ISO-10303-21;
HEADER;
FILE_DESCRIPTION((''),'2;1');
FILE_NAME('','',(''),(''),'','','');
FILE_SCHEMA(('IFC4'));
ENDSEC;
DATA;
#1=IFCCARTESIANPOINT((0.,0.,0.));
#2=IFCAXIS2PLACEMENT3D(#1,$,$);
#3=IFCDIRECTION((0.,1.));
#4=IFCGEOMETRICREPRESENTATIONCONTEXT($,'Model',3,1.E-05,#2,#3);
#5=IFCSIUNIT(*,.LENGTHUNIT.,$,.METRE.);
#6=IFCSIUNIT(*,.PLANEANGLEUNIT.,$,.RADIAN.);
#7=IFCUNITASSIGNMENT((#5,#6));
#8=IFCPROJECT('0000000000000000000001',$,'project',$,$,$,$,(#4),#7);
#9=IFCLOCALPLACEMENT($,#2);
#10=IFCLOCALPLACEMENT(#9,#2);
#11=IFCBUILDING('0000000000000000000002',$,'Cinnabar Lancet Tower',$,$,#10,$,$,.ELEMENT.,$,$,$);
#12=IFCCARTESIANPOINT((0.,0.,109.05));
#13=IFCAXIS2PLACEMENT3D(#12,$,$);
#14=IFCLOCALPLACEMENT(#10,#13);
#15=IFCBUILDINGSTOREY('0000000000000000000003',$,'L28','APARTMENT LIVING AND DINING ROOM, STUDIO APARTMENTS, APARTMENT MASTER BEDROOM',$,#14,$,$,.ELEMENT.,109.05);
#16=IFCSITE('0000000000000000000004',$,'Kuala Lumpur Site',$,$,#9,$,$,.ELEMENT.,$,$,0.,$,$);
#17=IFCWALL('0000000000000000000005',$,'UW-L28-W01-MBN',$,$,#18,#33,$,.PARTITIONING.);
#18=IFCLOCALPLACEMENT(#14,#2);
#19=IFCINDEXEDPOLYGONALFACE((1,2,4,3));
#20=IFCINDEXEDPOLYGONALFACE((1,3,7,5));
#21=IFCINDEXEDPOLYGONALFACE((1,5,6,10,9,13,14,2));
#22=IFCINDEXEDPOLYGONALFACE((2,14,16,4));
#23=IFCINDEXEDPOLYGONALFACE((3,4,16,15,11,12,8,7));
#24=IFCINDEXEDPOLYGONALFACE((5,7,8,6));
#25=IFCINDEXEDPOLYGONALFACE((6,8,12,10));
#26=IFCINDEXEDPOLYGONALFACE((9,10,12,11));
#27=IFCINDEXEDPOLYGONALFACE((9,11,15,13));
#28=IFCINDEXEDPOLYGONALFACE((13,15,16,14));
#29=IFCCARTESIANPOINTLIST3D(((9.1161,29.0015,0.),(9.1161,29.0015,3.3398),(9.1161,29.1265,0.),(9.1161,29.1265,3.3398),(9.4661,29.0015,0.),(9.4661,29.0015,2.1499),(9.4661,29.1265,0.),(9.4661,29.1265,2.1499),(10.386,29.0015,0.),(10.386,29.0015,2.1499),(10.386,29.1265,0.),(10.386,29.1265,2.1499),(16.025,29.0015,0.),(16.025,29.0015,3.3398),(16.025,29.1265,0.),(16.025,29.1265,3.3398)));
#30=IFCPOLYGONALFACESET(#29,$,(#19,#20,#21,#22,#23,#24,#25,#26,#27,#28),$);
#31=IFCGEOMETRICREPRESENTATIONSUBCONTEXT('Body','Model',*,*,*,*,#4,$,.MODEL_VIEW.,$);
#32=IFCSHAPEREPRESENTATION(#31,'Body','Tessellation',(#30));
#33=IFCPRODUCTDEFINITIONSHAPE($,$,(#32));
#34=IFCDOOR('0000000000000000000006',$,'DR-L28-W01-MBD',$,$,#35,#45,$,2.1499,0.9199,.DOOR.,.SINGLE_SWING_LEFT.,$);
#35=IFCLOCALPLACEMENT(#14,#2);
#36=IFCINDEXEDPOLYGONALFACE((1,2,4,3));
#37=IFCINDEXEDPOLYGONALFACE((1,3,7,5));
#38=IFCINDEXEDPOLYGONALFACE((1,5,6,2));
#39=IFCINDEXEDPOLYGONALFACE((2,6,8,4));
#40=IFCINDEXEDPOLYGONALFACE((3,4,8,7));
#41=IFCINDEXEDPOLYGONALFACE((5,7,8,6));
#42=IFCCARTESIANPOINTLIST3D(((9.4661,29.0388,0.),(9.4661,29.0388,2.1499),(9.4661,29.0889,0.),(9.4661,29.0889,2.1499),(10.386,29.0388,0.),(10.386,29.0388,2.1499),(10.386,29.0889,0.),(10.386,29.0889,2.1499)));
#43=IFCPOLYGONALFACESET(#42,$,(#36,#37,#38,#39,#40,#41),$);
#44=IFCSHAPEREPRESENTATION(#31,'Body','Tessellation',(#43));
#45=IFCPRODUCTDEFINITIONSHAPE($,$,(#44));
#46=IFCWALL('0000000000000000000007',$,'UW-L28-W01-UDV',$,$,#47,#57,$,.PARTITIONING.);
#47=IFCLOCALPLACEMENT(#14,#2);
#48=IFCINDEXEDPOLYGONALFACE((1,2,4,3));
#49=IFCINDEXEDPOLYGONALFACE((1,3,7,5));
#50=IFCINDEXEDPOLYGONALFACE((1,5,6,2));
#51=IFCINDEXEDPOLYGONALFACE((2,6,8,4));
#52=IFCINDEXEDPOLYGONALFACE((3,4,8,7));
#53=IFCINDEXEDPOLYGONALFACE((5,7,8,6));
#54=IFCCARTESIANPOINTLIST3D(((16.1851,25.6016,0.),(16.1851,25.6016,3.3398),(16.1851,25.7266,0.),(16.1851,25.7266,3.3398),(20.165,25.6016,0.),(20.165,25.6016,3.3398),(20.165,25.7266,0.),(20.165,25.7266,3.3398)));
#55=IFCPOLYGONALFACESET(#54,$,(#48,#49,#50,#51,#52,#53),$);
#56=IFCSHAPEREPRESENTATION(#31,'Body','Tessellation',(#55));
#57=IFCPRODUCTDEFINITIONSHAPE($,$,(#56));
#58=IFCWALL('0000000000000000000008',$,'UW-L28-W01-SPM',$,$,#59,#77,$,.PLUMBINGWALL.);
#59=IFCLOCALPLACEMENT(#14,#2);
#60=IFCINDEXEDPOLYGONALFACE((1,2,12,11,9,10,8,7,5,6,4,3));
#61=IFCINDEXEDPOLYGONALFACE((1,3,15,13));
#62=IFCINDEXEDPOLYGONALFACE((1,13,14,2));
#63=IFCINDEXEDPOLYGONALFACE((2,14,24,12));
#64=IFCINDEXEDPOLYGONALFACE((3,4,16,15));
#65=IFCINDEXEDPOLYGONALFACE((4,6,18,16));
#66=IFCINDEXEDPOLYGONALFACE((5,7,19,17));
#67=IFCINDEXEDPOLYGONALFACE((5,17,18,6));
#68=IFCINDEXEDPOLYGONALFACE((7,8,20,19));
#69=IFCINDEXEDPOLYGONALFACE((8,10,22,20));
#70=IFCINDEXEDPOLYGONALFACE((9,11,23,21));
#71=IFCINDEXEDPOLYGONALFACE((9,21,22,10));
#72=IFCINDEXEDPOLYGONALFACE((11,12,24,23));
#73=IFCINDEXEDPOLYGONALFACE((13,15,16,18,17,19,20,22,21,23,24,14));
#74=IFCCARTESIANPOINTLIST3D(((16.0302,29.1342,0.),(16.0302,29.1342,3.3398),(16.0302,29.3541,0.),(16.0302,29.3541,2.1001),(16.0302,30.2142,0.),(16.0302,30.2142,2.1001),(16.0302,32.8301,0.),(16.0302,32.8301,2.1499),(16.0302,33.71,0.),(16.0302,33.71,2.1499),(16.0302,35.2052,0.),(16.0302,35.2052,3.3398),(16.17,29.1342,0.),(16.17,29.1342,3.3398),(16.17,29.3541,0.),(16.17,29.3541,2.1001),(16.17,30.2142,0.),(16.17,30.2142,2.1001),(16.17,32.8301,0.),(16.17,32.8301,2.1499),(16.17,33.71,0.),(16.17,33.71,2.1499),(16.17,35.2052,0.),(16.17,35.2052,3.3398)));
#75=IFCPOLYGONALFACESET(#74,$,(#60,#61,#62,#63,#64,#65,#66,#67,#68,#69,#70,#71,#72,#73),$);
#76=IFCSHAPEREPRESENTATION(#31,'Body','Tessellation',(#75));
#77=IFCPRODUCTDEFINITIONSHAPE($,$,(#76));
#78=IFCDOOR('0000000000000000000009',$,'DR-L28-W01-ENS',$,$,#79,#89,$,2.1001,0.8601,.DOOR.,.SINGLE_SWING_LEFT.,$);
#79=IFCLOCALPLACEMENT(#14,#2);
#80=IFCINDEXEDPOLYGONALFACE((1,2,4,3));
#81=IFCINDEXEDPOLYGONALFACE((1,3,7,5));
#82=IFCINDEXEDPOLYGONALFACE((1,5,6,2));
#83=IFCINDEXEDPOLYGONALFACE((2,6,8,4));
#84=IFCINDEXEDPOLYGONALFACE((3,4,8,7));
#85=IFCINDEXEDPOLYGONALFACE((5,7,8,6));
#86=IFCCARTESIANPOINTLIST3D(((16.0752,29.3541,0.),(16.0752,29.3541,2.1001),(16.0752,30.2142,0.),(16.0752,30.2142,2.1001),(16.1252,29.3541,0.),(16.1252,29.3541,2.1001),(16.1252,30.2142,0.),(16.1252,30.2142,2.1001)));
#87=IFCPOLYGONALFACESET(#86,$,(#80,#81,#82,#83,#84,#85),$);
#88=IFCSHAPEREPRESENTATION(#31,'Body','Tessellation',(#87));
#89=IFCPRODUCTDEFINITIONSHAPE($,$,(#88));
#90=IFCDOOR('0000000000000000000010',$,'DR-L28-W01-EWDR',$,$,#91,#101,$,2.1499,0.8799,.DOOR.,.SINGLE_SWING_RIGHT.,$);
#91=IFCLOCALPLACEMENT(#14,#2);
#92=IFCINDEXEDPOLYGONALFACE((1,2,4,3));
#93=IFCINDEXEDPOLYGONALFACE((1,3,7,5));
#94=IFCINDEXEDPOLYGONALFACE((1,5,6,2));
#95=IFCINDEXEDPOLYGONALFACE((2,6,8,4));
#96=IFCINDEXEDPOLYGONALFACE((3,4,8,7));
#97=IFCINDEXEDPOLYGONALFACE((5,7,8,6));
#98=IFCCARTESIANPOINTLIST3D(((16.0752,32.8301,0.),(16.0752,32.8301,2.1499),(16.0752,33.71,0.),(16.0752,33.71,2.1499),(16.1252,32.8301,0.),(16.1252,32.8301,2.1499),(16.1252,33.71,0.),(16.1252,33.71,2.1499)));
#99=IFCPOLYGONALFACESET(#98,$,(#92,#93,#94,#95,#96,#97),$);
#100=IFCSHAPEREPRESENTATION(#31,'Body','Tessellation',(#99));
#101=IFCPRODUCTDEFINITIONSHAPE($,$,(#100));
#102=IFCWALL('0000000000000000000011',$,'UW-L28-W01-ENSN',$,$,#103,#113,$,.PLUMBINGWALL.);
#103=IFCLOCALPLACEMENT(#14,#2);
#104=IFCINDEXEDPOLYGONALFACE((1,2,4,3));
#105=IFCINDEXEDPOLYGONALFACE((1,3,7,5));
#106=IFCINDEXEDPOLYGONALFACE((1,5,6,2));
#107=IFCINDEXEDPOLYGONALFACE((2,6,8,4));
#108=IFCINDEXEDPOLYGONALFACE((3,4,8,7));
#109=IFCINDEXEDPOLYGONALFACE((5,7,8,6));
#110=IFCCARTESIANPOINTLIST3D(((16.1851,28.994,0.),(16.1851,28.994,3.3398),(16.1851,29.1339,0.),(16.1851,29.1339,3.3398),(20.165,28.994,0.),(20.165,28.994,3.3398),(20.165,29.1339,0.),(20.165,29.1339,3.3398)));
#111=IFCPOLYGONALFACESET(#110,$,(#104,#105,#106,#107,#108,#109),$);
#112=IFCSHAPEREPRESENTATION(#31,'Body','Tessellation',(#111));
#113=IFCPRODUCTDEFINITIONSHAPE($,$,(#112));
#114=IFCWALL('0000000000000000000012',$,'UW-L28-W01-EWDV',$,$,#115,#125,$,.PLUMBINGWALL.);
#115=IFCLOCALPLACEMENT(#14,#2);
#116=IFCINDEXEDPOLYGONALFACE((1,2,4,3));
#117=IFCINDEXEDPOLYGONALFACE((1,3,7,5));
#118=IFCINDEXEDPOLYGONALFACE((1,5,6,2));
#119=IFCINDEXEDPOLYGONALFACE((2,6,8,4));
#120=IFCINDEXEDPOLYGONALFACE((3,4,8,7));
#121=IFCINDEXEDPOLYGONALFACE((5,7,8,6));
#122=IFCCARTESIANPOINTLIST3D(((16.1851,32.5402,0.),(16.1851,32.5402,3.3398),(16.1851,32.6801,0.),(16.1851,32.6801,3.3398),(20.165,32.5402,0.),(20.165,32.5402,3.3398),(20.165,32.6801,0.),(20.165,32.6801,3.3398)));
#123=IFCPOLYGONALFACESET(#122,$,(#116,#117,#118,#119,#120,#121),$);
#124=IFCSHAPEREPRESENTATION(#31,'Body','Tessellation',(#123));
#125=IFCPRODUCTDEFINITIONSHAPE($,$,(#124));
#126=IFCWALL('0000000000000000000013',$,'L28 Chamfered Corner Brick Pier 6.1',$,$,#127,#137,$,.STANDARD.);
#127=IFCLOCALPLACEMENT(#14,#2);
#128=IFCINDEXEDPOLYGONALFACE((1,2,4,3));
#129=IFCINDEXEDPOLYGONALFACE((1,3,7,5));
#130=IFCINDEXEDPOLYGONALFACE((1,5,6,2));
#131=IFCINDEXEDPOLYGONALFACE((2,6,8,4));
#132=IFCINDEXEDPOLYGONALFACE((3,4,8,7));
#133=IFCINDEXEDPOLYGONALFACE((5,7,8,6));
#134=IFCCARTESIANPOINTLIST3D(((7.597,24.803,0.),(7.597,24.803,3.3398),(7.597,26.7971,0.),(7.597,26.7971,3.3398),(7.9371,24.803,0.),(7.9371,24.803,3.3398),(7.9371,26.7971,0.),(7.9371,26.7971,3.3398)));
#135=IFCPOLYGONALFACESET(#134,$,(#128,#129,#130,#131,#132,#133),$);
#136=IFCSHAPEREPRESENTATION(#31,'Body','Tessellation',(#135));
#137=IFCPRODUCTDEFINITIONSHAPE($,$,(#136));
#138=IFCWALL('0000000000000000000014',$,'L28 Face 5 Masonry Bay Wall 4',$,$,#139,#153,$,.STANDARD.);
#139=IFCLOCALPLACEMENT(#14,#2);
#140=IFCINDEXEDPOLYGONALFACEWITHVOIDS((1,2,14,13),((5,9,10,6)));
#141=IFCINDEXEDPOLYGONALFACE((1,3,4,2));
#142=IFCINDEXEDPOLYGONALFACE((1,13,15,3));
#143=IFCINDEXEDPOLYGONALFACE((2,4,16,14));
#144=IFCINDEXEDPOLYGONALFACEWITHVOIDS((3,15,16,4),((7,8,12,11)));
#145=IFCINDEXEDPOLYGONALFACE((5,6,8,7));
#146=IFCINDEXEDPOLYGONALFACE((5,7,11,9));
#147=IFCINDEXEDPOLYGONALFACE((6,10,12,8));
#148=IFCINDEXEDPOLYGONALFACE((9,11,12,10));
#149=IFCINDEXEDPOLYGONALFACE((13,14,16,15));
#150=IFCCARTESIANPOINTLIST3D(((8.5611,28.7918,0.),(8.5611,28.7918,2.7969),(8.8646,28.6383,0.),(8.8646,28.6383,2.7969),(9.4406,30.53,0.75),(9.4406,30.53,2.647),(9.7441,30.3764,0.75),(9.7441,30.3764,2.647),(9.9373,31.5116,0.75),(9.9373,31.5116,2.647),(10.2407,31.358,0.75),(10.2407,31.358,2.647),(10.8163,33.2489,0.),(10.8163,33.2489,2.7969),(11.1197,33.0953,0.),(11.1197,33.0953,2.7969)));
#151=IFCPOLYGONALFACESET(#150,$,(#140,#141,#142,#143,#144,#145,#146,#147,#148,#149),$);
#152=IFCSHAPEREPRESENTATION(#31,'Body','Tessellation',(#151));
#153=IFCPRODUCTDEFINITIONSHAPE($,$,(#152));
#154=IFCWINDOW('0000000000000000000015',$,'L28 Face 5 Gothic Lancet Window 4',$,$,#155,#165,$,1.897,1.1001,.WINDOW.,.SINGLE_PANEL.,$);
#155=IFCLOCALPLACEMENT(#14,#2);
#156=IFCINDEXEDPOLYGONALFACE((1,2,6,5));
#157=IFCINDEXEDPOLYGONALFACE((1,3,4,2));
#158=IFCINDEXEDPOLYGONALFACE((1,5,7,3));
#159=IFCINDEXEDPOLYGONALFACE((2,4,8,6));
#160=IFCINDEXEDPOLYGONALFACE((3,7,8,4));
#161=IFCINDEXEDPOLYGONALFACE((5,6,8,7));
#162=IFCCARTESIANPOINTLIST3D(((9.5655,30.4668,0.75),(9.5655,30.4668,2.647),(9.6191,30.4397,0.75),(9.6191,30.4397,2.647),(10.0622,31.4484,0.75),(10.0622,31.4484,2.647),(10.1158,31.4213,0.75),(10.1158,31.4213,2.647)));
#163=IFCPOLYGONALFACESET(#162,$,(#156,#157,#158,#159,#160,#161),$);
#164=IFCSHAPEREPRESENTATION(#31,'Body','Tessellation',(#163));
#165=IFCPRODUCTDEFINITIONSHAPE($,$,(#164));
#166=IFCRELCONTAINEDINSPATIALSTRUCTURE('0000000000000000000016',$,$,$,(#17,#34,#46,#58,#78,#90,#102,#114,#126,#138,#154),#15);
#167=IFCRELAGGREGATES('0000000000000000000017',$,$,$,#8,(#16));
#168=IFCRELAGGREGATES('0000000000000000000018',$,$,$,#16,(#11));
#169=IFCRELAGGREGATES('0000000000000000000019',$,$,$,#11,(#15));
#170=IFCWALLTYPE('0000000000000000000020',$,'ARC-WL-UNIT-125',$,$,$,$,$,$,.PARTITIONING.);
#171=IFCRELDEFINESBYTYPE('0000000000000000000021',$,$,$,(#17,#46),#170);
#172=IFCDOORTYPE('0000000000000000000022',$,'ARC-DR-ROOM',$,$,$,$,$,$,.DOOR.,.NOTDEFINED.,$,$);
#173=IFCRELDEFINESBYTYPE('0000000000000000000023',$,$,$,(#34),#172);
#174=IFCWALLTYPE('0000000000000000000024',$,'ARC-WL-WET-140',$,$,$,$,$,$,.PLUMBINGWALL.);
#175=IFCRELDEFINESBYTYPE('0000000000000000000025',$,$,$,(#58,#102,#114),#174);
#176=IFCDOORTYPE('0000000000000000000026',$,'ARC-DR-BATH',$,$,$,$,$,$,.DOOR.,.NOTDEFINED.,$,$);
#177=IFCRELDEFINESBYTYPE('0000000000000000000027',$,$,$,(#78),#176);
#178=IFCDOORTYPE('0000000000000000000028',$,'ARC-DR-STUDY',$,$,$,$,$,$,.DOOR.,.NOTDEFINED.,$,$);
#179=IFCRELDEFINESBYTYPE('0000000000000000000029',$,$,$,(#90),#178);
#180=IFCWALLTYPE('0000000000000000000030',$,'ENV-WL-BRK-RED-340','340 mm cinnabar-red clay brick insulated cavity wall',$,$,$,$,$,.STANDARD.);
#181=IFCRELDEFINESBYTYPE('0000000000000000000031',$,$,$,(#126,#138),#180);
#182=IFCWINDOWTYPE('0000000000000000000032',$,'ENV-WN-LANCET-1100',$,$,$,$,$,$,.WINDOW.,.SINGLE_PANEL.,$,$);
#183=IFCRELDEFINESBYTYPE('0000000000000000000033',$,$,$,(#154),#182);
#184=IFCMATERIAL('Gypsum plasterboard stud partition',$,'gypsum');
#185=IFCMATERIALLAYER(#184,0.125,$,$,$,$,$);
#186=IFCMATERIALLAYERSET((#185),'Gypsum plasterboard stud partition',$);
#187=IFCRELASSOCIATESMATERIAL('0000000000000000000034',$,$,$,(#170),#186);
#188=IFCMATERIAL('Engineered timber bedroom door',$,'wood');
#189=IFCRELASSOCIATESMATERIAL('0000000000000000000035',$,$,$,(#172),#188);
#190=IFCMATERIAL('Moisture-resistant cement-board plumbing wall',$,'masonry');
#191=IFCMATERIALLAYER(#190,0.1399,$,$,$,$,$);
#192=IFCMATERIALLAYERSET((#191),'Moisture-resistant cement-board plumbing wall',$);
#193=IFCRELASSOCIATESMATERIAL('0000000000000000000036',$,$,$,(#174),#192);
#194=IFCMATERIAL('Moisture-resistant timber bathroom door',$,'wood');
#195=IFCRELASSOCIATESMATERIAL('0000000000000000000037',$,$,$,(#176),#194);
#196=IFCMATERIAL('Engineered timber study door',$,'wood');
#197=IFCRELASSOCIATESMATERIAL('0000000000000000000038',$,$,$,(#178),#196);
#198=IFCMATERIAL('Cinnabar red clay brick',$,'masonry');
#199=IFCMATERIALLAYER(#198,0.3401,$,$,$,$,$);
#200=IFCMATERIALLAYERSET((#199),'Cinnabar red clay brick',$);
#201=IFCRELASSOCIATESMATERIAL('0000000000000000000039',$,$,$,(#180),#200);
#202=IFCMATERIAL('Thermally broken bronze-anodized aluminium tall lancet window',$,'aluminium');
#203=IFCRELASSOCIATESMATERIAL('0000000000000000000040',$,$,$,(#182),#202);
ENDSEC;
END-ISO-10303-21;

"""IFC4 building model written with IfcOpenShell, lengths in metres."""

from ifc_helpers import new_model, si_unit, direction, frame, frame_2d, origin, place, context, subcontext, project, spatial, rectangle, extrude, material, layer, layer_set, type_object, element, fill, save


model = new_model("IFC4")

# Units and contexts
model_context = context("Model", 3, precision=1e-05, world=origin(), true_north=direction((0.0, 1.0)))
body_context = subcontext(model_context, "Body", "Model", "MODEL_VIEW")
ifc_project = project(units=[si_unit("LENGTHUNIT", "METRE"), si_unit("PLANEANGLEUNIT", "RADIAN")], contexts=[model_context])

# Site, building, storey
site_placement = place(None, origin())
site = spatial("IfcSite", under=ifc_project, at=site_placement, Name="Kuala Lumpur Site", CompositionType="ELEMENT", RefElevation=0.0)
building_placement = place(site_placement, origin())
building = spatial("IfcBuilding", under=site, at=building_placement, Name="Cinnabar Lancet Tower", CompositionType="ELEMENT")
storey_placement = place(building_placement, frame((0.0, 0.0, 109.05)))
storey = spatial("IfcBuildingStorey", under=building, at=storey_placement, Name="L28", Description="APARTMENT LIVING AND DINING ROOM, STUDIO APARTMENTS, APARTMENT MASTER BEDROOM", CompositionType="ELEMENT", Elevation=109.05)

# Wall, opening, door
ifc_material_1 = material(Name="Gypsum plasterboard stud partition", Category="gypsum")
ifc_layer_1 = layer(ifc_material_1, 0.125)
ifc_layer_set_1 = layer_set([ifc_layer_1], Name="Gypsum plasterboard stud partition")
wall_type_1 = type_object("IfcWallType", Name="ARC-WL-UNIT-125", PredefinedType="PARTITIONING", material=ifc_layer_set_1)
wall_1_placement = place(storey_placement, frame((9.116, 29.064, 0.0), z_axis=(0.0, 0.0, 1.0), x_axis=(1.0, 0.0, 0.0)))
wall_1 = element("IfcWall", 1, at=wall_1_placement, inside=storey, type_object=wall_type_1, Name="UW-L28-W01-MBN", PredefinedType="PARTITIONING", context=body_context, shape_type="SweptSolid", body=[
    extrude(rectangle(XDim=6.9089, YDim=0.125, at=frame_2d((3.4546, 0.0))), origin(), (0.0, 0.0, 1.0), 3.3398),
])
opening_1_placement = place(wall_1_placement, frame((0.3501, 0.0, 0.0)))
opening_1 = element("IfcOpeningElement", 2, at=opening_1_placement, cuts=wall_1, PredefinedType="OPENING", context=body_context, shape_type="SweptSolid", body=[
    extrude(rectangle(XDim=0.9199, YDim=2.1499, at=frame_2d((0.46, 1.075))), frame((0.0, 0.0725, 0.0), z_axis=(0.0, -1.0, 0.0), x_axis=(1.0, 0.0, 0.0)), (0.0, 0.0, 1.0), 0.145),
])
ifc_material_2 = material(Name="Engineered timber bedroom door", Category="wood")
door_type_1 = type_object("IfcDoorType", Name="ARC-DR-ROOM", OperationType="NOTDEFINED", PredefinedType="DOOR", material=ifc_material_2)
door_1_placement = place(opening_1_placement, origin())
door_1 = element("IfcDoor", 3, at=door_1_placement, inside=storey, type_object=door_type_1, Name="DR-L28-W01-MBD", OperationType="SINGLE_SWING_LEFT", OverallHeight=2.1499, OverallWidth=0.9199, PredefinedType="DOOR", context=body_context, shape_type="SweptSolid", body=[
    extrude(rectangle(XDim=0.9199, YDim=2.1499, at=frame_2d((0.46, 1.075))), frame((0.0, 0.0249, 0.0), z_axis=(0.0, -1.0, 0.0), x_axis=(1.0, 0.0, 0.0)), (0.0, 0.0, 1.0), 0.05),
])
fill(opening_1, door_1)

# Wall
wall_2_placement = place(storey_placement, frame((16.1851, 25.6641, 0.0), z_axis=(0.0, 0.0, 1.0), x_axis=(1.0, 0.0, 0.0)))
element("IfcWall", 4, at=wall_2_placement, inside=storey, type_object=wall_type_1, Name="UW-L28-W01-UDV", PredefinedType="PARTITIONING", context=body_context, shape_type="SweptSolid", body=[
    extrude(rectangle(XDim=3.98, YDim=0.125, at=frame_2d((1.99, 0.0))), origin(), (0.0, 0.0, 1.0), 3.3398),
])

# Wall, openings, doors
ifc_material_3 = material(Name="Moisture-resistant cement-board plumbing wall", Category="masonry")
ifc_layer_2 = layer(ifc_material_3, 0.1399)
ifc_layer_set_2 = layer_set([ifc_layer_2], Name="Moisture-resistant cement-board plumbing wall")
wall_type_2 = type_object("IfcWallType", Name="ARC-WL-WET-140", PredefinedType="PLUMBINGWALL", material=ifc_layer_set_2)
wall_3_placement = place(storey_placement, frame((16.1001, 29.134, 0.0), z_axis=(0.0, 0.0, 1.0), x_axis=(0.0, 1.0, 0.0)))
wall_3 = element("IfcWall", 5, at=wall_3_placement, inside=storey, type_object=wall_type_2, Name="UW-L28-W01-SPM", PredefinedType="PLUMBINGWALL", context=body_context, shape_type="SweptSolid", body=[
    extrude(rectangle(XDim=6.071, YDim=0.1399, at=frame_2d((3.0356, 0.0))), origin(), (0.0, 0.0, 1.0), 3.3398),
])
opening_2_placement = place(wall_3_placement, frame((0.22, 0.0, 0.0)))
opening_2 = element("IfcOpeningElement", 6, at=opening_2_placement, cuts=wall_3, PredefinedType="OPENING", context=body_context, shape_type="SweptSolid", body=[
    extrude(rectangle(XDim=0.8601, YDim=2.1001, at=frame_2d((0.4302, 1.05))), frame((0.0, 0.0798, 0.0), z_axis=(0.0, -1.0, 0.0), x_axis=(1.0, 0.0, 0.0)), (0.0, 0.0, 1.0), 0.1599),
])
opening_3_placement = place(wall_3_placement, frame((3.696, 0.0, 0.0)))
opening_3 = element("IfcOpeningElement", 7, at=opening_3_placement, cuts=wall_3, PredefinedType="OPENING", context=body_context, shape_type="SweptSolid", body=[
    extrude(rectangle(XDim=0.8799, YDim=2.1499, at=frame_2d((0.4399, 1.075))), frame((0.0, 0.0798, 0.0), z_axis=(0.0, -1.0, 0.0), x_axis=(1.0, 0.0, 0.0)), (0.0, 0.0, 1.0), 0.1599),
])
ifc_material_4 = material(Name="Moisture-resistant timber bathroom door", Category="wood")
door_type_2 = type_object("IfcDoorType", Name="ARC-DR-BATH", OperationType="NOTDEFINED", PredefinedType="DOOR", material=ifc_material_4)
door_2_placement = place(opening_2_placement, origin())
door_2 = element("IfcDoor", 8, at=door_2_placement, inside=storey, type_object=door_type_2, Name="DR-L28-W01-ENS", OperationType="SINGLE_SWING_LEFT", OverallHeight=2.1001, OverallWidth=0.8601, PredefinedType="DOOR", context=body_context, shape_type="SweptSolid", body=[
    extrude(rectangle(XDim=0.8601, YDim=2.1001, at=frame_2d((0.4302, 1.05))), frame((0.0, 0.0249, 0.0), z_axis=(0.0, -1.0, 0.0), x_axis=(1.0, 0.0, 0.0)), (0.0, 0.0, 1.0), 0.05),
])
fill(opening_2, door_2)
ifc_material_5 = material(Name="Engineered timber study door", Category="wood")
door_type_3 = type_object("IfcDoorType", Name="ARC-DR-STUDY", OperationType="NOTDEFINED", PredefinedType="DOOR", material=ifc_material_5)
door_3_placement = place(opening_3_placement, origin())
door_3 = element("IfcDoor", 9, at=door_3_placement, inside=storey, type_object=door_type_3, Name="DR-L28-W01-EWDR", OperationType="SINGLE_SWING_RIGHT", OverallHeight=2.1499, OverallWidth=0.8799, PredefinedType="DOOR", context=body_context, shape_type="SweptSolid", body=[
    extrude(rectangle(XDim=0.8799, YDim=2.1499, at=frame_2d((0.4399, 1.075))), frame((0.0, 0.0249, 0.0), z_axis=(0.0, -1.0, 0.0), x_axis=(1.0, 0.0, 0.0)), (0.0, 0.0, 1.0), 0.05),
])
fill(opening_3, door_3)

# Walls
for number, where, z_axis, x_axis, name in (
    (10, (16.1851, 29.064, 0.0), (0.0, 0.0, 1.0), (1.0, 0.0, 0.0), "UW-L28-W01-ENSN"),
    (11, (16.1851, 32.6101, 0.0), (0.0, 0.0, 1.0), (1.0, 0.0, 0.0), "UW-L28-W01-EWDV"),
):
    element("IfcWall", number, at=place(storey_placement, frame(where, z_axis=z_axis, x_axis=x_axis)), inside=storey, type_object=wall_type_2, Name=name, PredefinedType="PLUMBINGWALL", context=body_context, shape_type="SweptSolid", body=[
        extrude(rectangle(XDim=3.98, YDim=0.1399, at=frame_2d((1.99, 0.0))), origin(), (0.0, 0.0, 1.0), 3.3398),
    ])
ifc_material_6 = material(Name="Cinnabar red clay brick", Category="masonry")
ifc_layer_3 = layer(ifc_material_6, 0.3401)
ifc_layer_set_3 = layer_set([ifc_layer_3], Name="Cinnabar red clay brick")
wall_type_3 = type_object("IfcWallType", Name="ENV-WL-BRK-RED-340", Description="340 mm cinnabar-red clay brick insulated cavity wall", PredefinedType="STANDARD", material=ifc_layer_set_3)
wall_4_placement = place(storey_placement, frame((7.7671, 26.7971, 0.0), z_axis=(0.0, 0.0, 1.0), x_axis=(0.0, -1.0, 0.0)))
element("IfcWall", 12, at=wall_4_placement, inside=storey, type_object=wall_type_3, Name="L28 Chamfered Corner Brick Pier 6.1", PredefinedType="STANDARD", context=body_context, shape_type="SweptSolid", body=[
    extrude(rectangle(XDim=1.9941, YDim=0.3401, at=frame_2d((0.9971, 0.0))), origin(), (0.0, 0.0, 1.0), 3.3398),
])

# Wall, opening, window
wall_5_placement = place(storey_placement, frame((10.968, 33.1721, 0.0), z_axis=(0.0, 0.0, 1.0), x_axis=(-0.451471, -0.892286, 0.0)))
wall_5 = element("IfcWall", 13, at=wall_5_placement, inside=storey, type_object=wall_type_3, Name="L28 Face 5 Masonry Bay Wall 4", PredefinedType="STANDARD", context=body_context, shape_type="SweptSolid", body=[
    extrude(rectangle(XDim=4.9951, YDim=0.3401, at=frame_2d((2.4976, 0.0))), origin(), (0.0, 0.0, 1.0), 2.7969),
])
opening_4_placement = place(wall_5_placement, frame((1.947, 0.0, 0.75)))
opening_4 = element("IfcOpeningElement", 14, at=opening_4_placement, cuts=wall_5, PredefinedType="OPENING", context=body_context, shape_type="SweptSolid", body=[
    extrude(rectangle(XDim=1.1001, YDim=1.897, at=frame_2d((0.55, 0.9485))), frame((0.0, 0.1799, 0.0), z_axis=(0.0, -1.0, 0.0), x_axis=(1.0, 0.0, 0.0)), (0.0, 0.0, 1.0), 0.3601),
])
ifc_material_7 = material(Name="Thermally broken bronze-anodized aluminium tall lancet window", Category="aluminium")
window_type = type_object("IfcWindowType", Name="ENV-WN-LANCET-1100", PartitioningType="SINGLE_PANEL", PredefinedType="WINDOW", material=ifc_material_7)
window_placement = place(opening_4_placement, origin())
window = element("IfcWindow", 15, at=window_placement, inside=storey, type_object=window_type, Name="L28 Face 5 Gothic Lancet Window 4", OverallHeight=1.897, OverallWidth=1.1001, PartitioningType="SINGLE_PANEL", PredefinedType="WINDOW", context=body_context, shape_type="SweptSolid", body=[
    extrude(rectangle(XDim=1.1001, YDim=1.897, at=frame_2d((0.55, 0.9485))), frame((0.0, 0.03, 0.0), z_axis=(0.0, -1.0, 0.0), x_axis=(1.0, 0.0, 0.0)), (0.0, 0.0, 1.0), 0.0601),
])
fill(opening_4, window)

save(model, "model.ifc")
